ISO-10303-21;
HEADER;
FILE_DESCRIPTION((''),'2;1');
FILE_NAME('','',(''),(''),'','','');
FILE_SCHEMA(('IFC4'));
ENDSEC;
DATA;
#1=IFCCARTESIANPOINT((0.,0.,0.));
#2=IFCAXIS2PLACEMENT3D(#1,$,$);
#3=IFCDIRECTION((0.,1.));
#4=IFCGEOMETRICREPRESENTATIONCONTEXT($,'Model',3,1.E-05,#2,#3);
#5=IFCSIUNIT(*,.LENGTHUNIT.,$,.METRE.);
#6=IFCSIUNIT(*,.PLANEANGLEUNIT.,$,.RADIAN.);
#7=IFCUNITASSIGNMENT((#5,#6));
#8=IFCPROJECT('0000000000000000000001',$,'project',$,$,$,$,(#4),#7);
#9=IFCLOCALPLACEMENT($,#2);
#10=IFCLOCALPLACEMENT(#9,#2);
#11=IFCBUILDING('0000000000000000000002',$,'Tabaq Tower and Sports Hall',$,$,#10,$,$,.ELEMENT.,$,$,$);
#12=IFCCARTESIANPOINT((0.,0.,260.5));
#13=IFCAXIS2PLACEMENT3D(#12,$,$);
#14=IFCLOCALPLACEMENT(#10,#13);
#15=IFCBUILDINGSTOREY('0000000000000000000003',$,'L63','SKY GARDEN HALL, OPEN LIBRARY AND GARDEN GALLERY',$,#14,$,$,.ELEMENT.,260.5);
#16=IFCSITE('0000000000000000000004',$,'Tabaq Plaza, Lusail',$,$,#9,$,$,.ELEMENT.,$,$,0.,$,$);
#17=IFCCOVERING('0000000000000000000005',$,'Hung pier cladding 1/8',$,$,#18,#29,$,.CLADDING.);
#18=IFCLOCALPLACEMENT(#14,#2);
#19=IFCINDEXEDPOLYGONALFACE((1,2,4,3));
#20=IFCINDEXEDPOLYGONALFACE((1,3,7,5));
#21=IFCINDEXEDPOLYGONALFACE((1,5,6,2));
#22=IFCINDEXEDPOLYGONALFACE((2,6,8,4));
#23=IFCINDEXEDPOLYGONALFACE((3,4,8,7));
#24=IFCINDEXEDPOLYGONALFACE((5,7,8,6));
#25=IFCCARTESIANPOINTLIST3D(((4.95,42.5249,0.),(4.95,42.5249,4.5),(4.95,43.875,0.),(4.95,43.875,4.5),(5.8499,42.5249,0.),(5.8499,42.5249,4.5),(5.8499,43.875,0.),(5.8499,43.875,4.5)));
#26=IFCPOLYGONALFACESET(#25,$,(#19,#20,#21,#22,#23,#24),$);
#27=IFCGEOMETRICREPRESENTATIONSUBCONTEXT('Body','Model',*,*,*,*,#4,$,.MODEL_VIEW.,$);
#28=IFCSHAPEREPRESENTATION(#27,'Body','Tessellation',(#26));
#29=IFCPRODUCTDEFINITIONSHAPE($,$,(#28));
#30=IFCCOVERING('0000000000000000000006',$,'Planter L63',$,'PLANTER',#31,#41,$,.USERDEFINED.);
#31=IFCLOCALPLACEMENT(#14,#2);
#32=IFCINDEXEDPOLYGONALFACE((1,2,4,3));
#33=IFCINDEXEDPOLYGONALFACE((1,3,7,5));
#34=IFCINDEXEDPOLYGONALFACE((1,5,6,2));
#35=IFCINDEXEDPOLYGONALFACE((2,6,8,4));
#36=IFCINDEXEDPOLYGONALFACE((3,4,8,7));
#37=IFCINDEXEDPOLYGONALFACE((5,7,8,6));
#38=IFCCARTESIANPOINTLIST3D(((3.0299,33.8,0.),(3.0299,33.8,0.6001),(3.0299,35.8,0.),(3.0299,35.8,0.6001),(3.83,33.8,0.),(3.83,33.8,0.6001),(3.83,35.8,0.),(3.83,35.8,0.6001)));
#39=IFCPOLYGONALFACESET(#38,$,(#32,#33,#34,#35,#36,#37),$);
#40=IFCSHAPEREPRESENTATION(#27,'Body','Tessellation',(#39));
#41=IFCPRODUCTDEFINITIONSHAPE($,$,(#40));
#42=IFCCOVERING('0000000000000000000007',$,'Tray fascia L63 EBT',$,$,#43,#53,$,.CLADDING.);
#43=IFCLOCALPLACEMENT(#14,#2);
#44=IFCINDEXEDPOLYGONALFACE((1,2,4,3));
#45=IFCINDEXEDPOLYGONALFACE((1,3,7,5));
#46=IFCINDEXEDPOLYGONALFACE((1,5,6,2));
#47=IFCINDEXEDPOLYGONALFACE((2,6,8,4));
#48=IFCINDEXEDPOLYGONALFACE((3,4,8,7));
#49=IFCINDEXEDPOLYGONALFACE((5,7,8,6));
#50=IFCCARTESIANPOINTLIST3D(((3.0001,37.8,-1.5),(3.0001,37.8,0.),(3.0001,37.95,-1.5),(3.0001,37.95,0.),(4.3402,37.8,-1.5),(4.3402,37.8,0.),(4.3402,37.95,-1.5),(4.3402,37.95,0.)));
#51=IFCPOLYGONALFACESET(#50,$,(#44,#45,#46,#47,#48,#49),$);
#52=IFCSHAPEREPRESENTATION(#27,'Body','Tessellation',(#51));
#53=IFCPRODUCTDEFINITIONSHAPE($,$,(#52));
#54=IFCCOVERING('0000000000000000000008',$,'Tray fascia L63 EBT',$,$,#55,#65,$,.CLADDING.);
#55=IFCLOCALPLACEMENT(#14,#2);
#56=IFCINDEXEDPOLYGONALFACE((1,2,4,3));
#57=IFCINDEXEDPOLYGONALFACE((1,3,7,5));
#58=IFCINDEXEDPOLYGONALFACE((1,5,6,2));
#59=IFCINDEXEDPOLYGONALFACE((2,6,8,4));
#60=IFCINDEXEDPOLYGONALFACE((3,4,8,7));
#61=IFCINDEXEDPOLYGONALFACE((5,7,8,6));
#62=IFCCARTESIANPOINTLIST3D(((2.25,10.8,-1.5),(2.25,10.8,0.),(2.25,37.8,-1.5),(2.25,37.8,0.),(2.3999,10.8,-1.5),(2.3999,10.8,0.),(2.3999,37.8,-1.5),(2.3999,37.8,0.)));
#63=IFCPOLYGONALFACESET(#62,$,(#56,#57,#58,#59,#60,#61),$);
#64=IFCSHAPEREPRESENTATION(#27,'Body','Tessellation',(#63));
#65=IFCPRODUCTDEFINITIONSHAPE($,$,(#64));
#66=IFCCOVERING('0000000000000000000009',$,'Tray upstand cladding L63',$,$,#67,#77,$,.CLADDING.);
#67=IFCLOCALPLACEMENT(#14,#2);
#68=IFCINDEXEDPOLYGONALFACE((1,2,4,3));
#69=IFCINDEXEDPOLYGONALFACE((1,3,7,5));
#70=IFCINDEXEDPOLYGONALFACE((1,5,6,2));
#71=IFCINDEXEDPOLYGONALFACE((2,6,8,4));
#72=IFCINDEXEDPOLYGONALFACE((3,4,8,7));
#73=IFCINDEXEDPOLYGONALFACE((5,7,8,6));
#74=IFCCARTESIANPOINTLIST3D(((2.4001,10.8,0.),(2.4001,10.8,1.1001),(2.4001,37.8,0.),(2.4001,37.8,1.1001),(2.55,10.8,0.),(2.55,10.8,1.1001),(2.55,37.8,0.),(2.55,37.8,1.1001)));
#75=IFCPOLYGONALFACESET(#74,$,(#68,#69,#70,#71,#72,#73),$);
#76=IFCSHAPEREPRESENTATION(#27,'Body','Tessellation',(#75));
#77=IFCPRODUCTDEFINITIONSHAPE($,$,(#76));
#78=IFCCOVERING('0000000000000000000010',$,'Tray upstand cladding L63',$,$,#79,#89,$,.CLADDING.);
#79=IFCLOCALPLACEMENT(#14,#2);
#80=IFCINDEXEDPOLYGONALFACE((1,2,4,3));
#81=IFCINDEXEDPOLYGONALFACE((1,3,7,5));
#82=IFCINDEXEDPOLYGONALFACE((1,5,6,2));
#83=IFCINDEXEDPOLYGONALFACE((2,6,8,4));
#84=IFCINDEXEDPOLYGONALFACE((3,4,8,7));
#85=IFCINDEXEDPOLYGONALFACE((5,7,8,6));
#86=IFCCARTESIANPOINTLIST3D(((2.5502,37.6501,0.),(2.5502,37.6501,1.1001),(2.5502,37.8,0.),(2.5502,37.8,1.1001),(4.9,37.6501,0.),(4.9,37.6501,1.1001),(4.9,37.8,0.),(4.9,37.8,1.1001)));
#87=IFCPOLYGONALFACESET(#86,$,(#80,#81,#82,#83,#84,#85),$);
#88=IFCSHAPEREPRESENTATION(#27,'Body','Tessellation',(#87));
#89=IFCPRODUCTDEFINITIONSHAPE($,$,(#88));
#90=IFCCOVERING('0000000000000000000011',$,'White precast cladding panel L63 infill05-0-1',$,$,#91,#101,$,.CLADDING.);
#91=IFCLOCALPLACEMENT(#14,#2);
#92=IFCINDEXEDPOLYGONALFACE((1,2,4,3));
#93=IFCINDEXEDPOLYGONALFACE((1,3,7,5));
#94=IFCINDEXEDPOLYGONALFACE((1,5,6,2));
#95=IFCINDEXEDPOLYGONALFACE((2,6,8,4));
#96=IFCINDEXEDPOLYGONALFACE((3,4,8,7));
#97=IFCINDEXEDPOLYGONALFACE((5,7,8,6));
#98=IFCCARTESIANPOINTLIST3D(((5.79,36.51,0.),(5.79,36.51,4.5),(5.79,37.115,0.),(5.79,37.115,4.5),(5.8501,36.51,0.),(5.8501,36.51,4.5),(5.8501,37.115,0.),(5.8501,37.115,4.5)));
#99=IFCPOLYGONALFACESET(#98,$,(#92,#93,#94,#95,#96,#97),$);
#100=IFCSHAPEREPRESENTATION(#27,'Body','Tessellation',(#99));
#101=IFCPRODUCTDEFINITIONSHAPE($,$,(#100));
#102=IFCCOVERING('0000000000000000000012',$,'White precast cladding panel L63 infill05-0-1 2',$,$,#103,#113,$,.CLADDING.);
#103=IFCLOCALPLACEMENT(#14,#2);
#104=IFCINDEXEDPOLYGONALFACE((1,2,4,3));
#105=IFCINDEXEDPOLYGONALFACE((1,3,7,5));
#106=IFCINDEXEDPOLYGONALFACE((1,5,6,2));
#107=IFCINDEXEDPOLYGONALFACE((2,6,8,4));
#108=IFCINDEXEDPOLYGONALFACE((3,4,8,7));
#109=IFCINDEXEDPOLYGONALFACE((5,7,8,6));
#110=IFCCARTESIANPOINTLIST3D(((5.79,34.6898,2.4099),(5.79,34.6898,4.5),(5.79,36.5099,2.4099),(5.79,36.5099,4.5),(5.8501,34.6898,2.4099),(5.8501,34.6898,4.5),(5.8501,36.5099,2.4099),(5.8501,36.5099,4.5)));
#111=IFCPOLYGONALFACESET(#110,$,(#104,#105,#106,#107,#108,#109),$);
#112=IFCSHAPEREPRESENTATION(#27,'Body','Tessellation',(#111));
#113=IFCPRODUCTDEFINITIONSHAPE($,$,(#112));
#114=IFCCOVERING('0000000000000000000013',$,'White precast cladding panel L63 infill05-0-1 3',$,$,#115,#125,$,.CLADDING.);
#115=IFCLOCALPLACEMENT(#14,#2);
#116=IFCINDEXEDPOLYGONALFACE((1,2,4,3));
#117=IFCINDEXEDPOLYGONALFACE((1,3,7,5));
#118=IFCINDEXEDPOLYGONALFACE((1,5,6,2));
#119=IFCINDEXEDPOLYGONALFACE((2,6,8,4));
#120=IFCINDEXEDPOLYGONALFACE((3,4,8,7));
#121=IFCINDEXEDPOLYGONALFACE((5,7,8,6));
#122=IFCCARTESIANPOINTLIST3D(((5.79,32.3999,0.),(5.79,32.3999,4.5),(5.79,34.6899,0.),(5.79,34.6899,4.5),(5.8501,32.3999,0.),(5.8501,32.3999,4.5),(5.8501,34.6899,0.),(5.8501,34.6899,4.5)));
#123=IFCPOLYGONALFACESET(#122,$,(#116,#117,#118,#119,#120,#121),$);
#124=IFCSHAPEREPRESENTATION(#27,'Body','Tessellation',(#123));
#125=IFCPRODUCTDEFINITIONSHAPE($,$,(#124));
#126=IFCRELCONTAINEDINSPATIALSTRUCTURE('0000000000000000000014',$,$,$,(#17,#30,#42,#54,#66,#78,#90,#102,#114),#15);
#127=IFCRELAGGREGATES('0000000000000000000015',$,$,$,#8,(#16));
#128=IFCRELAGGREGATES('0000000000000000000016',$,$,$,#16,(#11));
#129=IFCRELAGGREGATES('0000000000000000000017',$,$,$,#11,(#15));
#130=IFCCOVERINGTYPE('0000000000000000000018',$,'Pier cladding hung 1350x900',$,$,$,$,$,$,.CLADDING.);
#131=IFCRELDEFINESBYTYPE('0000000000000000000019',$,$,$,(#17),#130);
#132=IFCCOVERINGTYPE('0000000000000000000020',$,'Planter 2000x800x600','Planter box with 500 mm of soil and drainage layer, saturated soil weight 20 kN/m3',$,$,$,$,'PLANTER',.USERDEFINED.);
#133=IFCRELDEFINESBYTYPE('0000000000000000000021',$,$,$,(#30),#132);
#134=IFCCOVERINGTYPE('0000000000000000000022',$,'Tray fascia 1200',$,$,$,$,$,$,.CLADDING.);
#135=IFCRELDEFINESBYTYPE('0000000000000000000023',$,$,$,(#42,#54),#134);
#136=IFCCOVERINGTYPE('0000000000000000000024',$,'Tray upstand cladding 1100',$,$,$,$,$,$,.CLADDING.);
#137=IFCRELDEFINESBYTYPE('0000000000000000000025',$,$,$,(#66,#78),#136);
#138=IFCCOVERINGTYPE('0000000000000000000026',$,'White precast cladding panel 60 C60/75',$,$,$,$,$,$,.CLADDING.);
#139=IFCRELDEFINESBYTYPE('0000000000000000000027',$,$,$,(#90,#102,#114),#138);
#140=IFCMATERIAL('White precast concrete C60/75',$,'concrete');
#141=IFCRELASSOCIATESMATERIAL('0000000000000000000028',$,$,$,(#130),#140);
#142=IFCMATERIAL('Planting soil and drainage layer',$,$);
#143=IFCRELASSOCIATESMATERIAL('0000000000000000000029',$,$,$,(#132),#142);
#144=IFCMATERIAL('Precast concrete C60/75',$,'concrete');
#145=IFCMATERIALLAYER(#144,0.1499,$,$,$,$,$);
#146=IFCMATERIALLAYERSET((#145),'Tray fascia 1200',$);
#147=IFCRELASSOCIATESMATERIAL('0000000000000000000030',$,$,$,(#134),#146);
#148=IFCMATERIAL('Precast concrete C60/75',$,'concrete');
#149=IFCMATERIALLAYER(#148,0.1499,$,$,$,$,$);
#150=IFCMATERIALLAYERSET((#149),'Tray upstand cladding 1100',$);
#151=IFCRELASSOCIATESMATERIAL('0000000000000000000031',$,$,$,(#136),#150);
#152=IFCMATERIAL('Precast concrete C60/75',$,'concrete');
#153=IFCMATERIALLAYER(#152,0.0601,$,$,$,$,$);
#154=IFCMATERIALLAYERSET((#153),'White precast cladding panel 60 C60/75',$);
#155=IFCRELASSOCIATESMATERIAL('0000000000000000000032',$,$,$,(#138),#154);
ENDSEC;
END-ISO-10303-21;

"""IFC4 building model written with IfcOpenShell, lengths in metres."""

from ifc_helpers import new_model, si_unit, direction, frame, frame_2d, origin, origin_2d, place, context, subcontext, project, spatial, rectangle, extrude, material, layer, layer_set, type_object, element, save


model = new_model("IFC4")

# Units and contexts
model_context = context("Model", 3, precision=1e-05, world=origin(), true_north=direction((0.0, 1.0)))
body_context = subcontext(model_context, "Body", "Model", "MODEL_VIEW")
ifc_project = project(units=[si_unit("LENGTHUNIT", "METRE"), si_unit("PLANEANGLEUNIT", "RADIAN")], contexts=[model_context])

# Site, building, storey
site_placement = place(None, origin())
site = spatial("IfcSite", under=ifc_project, at=site_placement, Name="Tabaq Plaza, Lusail", CompositionType="ELEMENT", RefElevation=0.0)
building_placement = place(site_placement, origin())
building = spatial("IfcBuilding", under=site, at=building_placement, Name="Tabaq Tower and Sports Hall", CompositionType="ELEMENT")
storey_placement = place(building_placement, frame((0.0, 0.0, 260.5)))
storey = spatial("IfcBuildingStorey", under=building, at=storey_placement, Name="L63", Description="SKY GARDEN HALL, OPEN LIBRARY AND GARDEN GALLERY", CompositionType="ELEMENT", Elevation=260.5)

# Coverings
ifc_material_1 = material(Name="White precast concrete C60/75", Category="concrete")
covering_type_1 = type_object("IfcCoveringType", Name="Pier cladding hung 1350x900", PredefinedType="CLADDING", material=ifc_material_1)
covering_1_placement = place(storey_placement, frame((5.3999, 43.875, 0.0), z_axis=(0.0, 0.0, 1.0), x_axis=(0.0, -1.0, 0.0)))
element("IfcCovering", 1, at=covering_1_placement, inside=storey, type_object=covering_type_1, Name="Hung pier cladding 1/8", PredefinedType="CLADDING", context=body_context, shape_type="SweptSolid", body=[
    extrude(rectangle(XDim=1.3501, YDim=0.8999, at=frame_2d((0.675, 0.0))), origin(), (0.0, 0.0, 1.0), 4.5),
])
ifc_material_2 = material(Name="Planting soil and drainage layer")
covering_type_2 = type_object("IfcCoveringType", Name="Planter 2000x800x600", Description="Planter box with 500 mm of soil and drainage layer, saturated soil weight 20 kN/m3", ElementType="PLANTER", PredefinedType="USERDEFINED", material=ifc_material_2)
covering_2_placement = place(storey_placement, frame((3.4299, 34.8, 0.0), z_axis=(0.0, 0.0, 1.0), x_axis=(0.0, -1.0, 0.0)))
element("IfcCovering", 2, at=covering_2_placement, inside=storey, type_object=covering_type_2, Name="Planter L63", ObjectType="PLANTER", PredefinedType="USERDEFINED", context=body_context, shape_type="SweptSolid", body=[
    extrude(rectangle(XDim=2.0, YDim=0.8, at=origin_2d()), origin(), (0.0, 0.0, 1.0), 0.6001),
])
ifc_material_3 = material(Name="Precast concrete C60/75", Category="concrete")
ifc_layer_1 = layer(ifc_material_3, 0.1499)
ifc_layer_set_1 = layer_set([ifc_layer_1], Name="Tray fascia 1200")
covering_type_3 = type_object("IfcCoveringType", Name="Tray fascia 1200", PredefinedType="CLADDING", material=ifc_layer_set_1)
covering_3_placement = place(storey_placement, frame((4.3401, 37.875, -1.5), z_axis=(0.0, 0.0, 1.0), x_axis=(-1.0, 0.0, 0.0)))
element("IfcCovering", 3, at=covering_3_placement, inside=storey, type_object=covering_type_3, Name="Tray fascia L63 EBT", PredefinedType="CLADDING", context=body_context, shape_type="SweptSolid", body=[
    extrude(rectangle(XDim=1.3401, YDim=0.1499, at=frame_2d((0.6699, 0.0))), origin(), (0.0, 0.0, 1.0), 1.5),
])
covering_4_placement = place(storey_placement, frame((2.325, 37.8, -1.5), z_axis=(0.0, 0.0, 1.0), x_axis=(0.0, -1.0, 0.0)))
element("IfcCovering", 4, at=covering_4_placement, inside=storey, type_object=covering_type_3, Name="Tray fascia L63 EBT", PredefinedType="CLADDING", context=body_context, shape_type="SweptSolid", body=[
    extrude(rectangle(XDim=27.0, YDim=0.1499, at=frame_2d((13.5, 0.0))), origin(), (0.0, 0.0, 1.0), 1.5),
])
ifc_material_4 = material(Name="Precast concrete C60/75", Category="concrete")
ifc_layer_2 = layer(ifc_material_4, 0.1499)
ifc_layer_set_2 = layer_set([ifc_layer_2], Name="Tray upstand cladding 1100")
covering_type_4 = type_object("IfcCoveringType", Name="Tray upstand cladding 1100", PredefinedType="CLADDING", material=ifc_layer_set_2)
covering_5_placement = place(storey_placement, frame((2.4751, 37.8, 0.0), z_axis=(0.0, 0.0, 1.0), x_axis=(0.0, -1.0, 0.0)))
element("IfcCovering", 5, at=covering_5_placement, inside=storey, type_object=covering_type_4, Name="Tray upstand cladding L63", PredefinedType="CLADDING", context=body_context, shape_type="SweptSolid", body=[
    extrude(rectangle(XDim=27.0, YDim=0.1499, at=frame_2d((13.5, 0.0))), origin(), (0.0, 0.0, 1.0), 1.1001),
])
covering_6_placement = place(storey_placement, frame((4.8999, 37.7251, 0.0), z_axis=(0.0, 0.0, 1.0), x_axis=(-1.0, 0.0, 0.0)))
element("IfcCovering", 6, at=covering_6_placement, inside=storey, type_object=covering_type_4, Name="Tray upstand cladding L63", PredefinedType="CLADDING", context=body_context, shape_type="SweptSolid", body=[
    extrude(rectangle(XDim=2.3499, YDim=0.1499, at=frame_2d((1.1748, 0.0))), origin(), (0.0, 0.0, 1.0), 1.1001),
])
ifc_material_5 = material(Name="Precast concrete C60/75", Category="concrete")
ifc_layer_3 = layer(ifc_material_5, 0.0601)
ifc_layer_set_3 = layer_set([ifc_layer_3], Name="White precast cladding panel 60 C60/75")
covering_type_5 = type_object("IfcCoveringType", Name="White precast cladding panel 60 C60/75", PredefinedType="CLADDING", material=ifc_layer_set_3)
covering_7_placement = place(storey_placement, frame((5.8201, 37.115, 0.0), z_axis=(0.0, 0.0, 1.0), x_axis=(0.0, -1.0, 0.0)))
element("IfcCovering", 7, at=covering_7_placement, inside=storey, type_object=covering_type_5, Name="White precast cladding panel L63 infill05-0-1", PredefinedType="CLADDING", context=body_context, shape_type="SweptSolid", body=[
    extrude(rectangle(XDim=0.605, YDim=0.0601, at=frame_2d((0.3025, 0.0))), origin(), (0.0, 0.0, 1.0), 4.5),
])
covering_8_placement = place(storey_placement, frame((5.8201, 36.51, 2.4099), z_axis=(0.0, 0.0, 1.0), x_axis=(0.0, -1.0, 0.0)))
element("IfcCovering", 8, at=covering_8_placement, inside=storey, type_object=covering_type_5, Name="White precast cladding panel L63 infill05-0-1 2", PredefinedType="CLADDING", context=body_context, shape_type="SweptSolid", body=[
    extrude(rectangle(XDim=1.8201, YDim=0.0601, at=frame_2d((0.9102, 0.0))), origin(), (0.0, 0.0, 1.0), 2.0901),
])
covering_9_placement = place(storey_placement, frame((5.8201, 34.6899, 0.0), z_axis=(0.0, 0.0, 1.0), x_axis=(0.0, -1.0, 0.0)))
element("IfcCovering", 9, at=covering_9_placement, inside=storey, type_object=covering_type_5, Name="White precast cladding panel L63 infill05-0-1 3", PredefinedType="CLADDING", context=body_context, shape_type="SweptSolid", body=[
    extrude(rectangle(XDim=2.29, YDim=0.0601, at=frame_2d((1.145, 0.0))), origin(), (0.0, 0.0, 1.0), 4.5),
])

save(model, "model.ifc")
